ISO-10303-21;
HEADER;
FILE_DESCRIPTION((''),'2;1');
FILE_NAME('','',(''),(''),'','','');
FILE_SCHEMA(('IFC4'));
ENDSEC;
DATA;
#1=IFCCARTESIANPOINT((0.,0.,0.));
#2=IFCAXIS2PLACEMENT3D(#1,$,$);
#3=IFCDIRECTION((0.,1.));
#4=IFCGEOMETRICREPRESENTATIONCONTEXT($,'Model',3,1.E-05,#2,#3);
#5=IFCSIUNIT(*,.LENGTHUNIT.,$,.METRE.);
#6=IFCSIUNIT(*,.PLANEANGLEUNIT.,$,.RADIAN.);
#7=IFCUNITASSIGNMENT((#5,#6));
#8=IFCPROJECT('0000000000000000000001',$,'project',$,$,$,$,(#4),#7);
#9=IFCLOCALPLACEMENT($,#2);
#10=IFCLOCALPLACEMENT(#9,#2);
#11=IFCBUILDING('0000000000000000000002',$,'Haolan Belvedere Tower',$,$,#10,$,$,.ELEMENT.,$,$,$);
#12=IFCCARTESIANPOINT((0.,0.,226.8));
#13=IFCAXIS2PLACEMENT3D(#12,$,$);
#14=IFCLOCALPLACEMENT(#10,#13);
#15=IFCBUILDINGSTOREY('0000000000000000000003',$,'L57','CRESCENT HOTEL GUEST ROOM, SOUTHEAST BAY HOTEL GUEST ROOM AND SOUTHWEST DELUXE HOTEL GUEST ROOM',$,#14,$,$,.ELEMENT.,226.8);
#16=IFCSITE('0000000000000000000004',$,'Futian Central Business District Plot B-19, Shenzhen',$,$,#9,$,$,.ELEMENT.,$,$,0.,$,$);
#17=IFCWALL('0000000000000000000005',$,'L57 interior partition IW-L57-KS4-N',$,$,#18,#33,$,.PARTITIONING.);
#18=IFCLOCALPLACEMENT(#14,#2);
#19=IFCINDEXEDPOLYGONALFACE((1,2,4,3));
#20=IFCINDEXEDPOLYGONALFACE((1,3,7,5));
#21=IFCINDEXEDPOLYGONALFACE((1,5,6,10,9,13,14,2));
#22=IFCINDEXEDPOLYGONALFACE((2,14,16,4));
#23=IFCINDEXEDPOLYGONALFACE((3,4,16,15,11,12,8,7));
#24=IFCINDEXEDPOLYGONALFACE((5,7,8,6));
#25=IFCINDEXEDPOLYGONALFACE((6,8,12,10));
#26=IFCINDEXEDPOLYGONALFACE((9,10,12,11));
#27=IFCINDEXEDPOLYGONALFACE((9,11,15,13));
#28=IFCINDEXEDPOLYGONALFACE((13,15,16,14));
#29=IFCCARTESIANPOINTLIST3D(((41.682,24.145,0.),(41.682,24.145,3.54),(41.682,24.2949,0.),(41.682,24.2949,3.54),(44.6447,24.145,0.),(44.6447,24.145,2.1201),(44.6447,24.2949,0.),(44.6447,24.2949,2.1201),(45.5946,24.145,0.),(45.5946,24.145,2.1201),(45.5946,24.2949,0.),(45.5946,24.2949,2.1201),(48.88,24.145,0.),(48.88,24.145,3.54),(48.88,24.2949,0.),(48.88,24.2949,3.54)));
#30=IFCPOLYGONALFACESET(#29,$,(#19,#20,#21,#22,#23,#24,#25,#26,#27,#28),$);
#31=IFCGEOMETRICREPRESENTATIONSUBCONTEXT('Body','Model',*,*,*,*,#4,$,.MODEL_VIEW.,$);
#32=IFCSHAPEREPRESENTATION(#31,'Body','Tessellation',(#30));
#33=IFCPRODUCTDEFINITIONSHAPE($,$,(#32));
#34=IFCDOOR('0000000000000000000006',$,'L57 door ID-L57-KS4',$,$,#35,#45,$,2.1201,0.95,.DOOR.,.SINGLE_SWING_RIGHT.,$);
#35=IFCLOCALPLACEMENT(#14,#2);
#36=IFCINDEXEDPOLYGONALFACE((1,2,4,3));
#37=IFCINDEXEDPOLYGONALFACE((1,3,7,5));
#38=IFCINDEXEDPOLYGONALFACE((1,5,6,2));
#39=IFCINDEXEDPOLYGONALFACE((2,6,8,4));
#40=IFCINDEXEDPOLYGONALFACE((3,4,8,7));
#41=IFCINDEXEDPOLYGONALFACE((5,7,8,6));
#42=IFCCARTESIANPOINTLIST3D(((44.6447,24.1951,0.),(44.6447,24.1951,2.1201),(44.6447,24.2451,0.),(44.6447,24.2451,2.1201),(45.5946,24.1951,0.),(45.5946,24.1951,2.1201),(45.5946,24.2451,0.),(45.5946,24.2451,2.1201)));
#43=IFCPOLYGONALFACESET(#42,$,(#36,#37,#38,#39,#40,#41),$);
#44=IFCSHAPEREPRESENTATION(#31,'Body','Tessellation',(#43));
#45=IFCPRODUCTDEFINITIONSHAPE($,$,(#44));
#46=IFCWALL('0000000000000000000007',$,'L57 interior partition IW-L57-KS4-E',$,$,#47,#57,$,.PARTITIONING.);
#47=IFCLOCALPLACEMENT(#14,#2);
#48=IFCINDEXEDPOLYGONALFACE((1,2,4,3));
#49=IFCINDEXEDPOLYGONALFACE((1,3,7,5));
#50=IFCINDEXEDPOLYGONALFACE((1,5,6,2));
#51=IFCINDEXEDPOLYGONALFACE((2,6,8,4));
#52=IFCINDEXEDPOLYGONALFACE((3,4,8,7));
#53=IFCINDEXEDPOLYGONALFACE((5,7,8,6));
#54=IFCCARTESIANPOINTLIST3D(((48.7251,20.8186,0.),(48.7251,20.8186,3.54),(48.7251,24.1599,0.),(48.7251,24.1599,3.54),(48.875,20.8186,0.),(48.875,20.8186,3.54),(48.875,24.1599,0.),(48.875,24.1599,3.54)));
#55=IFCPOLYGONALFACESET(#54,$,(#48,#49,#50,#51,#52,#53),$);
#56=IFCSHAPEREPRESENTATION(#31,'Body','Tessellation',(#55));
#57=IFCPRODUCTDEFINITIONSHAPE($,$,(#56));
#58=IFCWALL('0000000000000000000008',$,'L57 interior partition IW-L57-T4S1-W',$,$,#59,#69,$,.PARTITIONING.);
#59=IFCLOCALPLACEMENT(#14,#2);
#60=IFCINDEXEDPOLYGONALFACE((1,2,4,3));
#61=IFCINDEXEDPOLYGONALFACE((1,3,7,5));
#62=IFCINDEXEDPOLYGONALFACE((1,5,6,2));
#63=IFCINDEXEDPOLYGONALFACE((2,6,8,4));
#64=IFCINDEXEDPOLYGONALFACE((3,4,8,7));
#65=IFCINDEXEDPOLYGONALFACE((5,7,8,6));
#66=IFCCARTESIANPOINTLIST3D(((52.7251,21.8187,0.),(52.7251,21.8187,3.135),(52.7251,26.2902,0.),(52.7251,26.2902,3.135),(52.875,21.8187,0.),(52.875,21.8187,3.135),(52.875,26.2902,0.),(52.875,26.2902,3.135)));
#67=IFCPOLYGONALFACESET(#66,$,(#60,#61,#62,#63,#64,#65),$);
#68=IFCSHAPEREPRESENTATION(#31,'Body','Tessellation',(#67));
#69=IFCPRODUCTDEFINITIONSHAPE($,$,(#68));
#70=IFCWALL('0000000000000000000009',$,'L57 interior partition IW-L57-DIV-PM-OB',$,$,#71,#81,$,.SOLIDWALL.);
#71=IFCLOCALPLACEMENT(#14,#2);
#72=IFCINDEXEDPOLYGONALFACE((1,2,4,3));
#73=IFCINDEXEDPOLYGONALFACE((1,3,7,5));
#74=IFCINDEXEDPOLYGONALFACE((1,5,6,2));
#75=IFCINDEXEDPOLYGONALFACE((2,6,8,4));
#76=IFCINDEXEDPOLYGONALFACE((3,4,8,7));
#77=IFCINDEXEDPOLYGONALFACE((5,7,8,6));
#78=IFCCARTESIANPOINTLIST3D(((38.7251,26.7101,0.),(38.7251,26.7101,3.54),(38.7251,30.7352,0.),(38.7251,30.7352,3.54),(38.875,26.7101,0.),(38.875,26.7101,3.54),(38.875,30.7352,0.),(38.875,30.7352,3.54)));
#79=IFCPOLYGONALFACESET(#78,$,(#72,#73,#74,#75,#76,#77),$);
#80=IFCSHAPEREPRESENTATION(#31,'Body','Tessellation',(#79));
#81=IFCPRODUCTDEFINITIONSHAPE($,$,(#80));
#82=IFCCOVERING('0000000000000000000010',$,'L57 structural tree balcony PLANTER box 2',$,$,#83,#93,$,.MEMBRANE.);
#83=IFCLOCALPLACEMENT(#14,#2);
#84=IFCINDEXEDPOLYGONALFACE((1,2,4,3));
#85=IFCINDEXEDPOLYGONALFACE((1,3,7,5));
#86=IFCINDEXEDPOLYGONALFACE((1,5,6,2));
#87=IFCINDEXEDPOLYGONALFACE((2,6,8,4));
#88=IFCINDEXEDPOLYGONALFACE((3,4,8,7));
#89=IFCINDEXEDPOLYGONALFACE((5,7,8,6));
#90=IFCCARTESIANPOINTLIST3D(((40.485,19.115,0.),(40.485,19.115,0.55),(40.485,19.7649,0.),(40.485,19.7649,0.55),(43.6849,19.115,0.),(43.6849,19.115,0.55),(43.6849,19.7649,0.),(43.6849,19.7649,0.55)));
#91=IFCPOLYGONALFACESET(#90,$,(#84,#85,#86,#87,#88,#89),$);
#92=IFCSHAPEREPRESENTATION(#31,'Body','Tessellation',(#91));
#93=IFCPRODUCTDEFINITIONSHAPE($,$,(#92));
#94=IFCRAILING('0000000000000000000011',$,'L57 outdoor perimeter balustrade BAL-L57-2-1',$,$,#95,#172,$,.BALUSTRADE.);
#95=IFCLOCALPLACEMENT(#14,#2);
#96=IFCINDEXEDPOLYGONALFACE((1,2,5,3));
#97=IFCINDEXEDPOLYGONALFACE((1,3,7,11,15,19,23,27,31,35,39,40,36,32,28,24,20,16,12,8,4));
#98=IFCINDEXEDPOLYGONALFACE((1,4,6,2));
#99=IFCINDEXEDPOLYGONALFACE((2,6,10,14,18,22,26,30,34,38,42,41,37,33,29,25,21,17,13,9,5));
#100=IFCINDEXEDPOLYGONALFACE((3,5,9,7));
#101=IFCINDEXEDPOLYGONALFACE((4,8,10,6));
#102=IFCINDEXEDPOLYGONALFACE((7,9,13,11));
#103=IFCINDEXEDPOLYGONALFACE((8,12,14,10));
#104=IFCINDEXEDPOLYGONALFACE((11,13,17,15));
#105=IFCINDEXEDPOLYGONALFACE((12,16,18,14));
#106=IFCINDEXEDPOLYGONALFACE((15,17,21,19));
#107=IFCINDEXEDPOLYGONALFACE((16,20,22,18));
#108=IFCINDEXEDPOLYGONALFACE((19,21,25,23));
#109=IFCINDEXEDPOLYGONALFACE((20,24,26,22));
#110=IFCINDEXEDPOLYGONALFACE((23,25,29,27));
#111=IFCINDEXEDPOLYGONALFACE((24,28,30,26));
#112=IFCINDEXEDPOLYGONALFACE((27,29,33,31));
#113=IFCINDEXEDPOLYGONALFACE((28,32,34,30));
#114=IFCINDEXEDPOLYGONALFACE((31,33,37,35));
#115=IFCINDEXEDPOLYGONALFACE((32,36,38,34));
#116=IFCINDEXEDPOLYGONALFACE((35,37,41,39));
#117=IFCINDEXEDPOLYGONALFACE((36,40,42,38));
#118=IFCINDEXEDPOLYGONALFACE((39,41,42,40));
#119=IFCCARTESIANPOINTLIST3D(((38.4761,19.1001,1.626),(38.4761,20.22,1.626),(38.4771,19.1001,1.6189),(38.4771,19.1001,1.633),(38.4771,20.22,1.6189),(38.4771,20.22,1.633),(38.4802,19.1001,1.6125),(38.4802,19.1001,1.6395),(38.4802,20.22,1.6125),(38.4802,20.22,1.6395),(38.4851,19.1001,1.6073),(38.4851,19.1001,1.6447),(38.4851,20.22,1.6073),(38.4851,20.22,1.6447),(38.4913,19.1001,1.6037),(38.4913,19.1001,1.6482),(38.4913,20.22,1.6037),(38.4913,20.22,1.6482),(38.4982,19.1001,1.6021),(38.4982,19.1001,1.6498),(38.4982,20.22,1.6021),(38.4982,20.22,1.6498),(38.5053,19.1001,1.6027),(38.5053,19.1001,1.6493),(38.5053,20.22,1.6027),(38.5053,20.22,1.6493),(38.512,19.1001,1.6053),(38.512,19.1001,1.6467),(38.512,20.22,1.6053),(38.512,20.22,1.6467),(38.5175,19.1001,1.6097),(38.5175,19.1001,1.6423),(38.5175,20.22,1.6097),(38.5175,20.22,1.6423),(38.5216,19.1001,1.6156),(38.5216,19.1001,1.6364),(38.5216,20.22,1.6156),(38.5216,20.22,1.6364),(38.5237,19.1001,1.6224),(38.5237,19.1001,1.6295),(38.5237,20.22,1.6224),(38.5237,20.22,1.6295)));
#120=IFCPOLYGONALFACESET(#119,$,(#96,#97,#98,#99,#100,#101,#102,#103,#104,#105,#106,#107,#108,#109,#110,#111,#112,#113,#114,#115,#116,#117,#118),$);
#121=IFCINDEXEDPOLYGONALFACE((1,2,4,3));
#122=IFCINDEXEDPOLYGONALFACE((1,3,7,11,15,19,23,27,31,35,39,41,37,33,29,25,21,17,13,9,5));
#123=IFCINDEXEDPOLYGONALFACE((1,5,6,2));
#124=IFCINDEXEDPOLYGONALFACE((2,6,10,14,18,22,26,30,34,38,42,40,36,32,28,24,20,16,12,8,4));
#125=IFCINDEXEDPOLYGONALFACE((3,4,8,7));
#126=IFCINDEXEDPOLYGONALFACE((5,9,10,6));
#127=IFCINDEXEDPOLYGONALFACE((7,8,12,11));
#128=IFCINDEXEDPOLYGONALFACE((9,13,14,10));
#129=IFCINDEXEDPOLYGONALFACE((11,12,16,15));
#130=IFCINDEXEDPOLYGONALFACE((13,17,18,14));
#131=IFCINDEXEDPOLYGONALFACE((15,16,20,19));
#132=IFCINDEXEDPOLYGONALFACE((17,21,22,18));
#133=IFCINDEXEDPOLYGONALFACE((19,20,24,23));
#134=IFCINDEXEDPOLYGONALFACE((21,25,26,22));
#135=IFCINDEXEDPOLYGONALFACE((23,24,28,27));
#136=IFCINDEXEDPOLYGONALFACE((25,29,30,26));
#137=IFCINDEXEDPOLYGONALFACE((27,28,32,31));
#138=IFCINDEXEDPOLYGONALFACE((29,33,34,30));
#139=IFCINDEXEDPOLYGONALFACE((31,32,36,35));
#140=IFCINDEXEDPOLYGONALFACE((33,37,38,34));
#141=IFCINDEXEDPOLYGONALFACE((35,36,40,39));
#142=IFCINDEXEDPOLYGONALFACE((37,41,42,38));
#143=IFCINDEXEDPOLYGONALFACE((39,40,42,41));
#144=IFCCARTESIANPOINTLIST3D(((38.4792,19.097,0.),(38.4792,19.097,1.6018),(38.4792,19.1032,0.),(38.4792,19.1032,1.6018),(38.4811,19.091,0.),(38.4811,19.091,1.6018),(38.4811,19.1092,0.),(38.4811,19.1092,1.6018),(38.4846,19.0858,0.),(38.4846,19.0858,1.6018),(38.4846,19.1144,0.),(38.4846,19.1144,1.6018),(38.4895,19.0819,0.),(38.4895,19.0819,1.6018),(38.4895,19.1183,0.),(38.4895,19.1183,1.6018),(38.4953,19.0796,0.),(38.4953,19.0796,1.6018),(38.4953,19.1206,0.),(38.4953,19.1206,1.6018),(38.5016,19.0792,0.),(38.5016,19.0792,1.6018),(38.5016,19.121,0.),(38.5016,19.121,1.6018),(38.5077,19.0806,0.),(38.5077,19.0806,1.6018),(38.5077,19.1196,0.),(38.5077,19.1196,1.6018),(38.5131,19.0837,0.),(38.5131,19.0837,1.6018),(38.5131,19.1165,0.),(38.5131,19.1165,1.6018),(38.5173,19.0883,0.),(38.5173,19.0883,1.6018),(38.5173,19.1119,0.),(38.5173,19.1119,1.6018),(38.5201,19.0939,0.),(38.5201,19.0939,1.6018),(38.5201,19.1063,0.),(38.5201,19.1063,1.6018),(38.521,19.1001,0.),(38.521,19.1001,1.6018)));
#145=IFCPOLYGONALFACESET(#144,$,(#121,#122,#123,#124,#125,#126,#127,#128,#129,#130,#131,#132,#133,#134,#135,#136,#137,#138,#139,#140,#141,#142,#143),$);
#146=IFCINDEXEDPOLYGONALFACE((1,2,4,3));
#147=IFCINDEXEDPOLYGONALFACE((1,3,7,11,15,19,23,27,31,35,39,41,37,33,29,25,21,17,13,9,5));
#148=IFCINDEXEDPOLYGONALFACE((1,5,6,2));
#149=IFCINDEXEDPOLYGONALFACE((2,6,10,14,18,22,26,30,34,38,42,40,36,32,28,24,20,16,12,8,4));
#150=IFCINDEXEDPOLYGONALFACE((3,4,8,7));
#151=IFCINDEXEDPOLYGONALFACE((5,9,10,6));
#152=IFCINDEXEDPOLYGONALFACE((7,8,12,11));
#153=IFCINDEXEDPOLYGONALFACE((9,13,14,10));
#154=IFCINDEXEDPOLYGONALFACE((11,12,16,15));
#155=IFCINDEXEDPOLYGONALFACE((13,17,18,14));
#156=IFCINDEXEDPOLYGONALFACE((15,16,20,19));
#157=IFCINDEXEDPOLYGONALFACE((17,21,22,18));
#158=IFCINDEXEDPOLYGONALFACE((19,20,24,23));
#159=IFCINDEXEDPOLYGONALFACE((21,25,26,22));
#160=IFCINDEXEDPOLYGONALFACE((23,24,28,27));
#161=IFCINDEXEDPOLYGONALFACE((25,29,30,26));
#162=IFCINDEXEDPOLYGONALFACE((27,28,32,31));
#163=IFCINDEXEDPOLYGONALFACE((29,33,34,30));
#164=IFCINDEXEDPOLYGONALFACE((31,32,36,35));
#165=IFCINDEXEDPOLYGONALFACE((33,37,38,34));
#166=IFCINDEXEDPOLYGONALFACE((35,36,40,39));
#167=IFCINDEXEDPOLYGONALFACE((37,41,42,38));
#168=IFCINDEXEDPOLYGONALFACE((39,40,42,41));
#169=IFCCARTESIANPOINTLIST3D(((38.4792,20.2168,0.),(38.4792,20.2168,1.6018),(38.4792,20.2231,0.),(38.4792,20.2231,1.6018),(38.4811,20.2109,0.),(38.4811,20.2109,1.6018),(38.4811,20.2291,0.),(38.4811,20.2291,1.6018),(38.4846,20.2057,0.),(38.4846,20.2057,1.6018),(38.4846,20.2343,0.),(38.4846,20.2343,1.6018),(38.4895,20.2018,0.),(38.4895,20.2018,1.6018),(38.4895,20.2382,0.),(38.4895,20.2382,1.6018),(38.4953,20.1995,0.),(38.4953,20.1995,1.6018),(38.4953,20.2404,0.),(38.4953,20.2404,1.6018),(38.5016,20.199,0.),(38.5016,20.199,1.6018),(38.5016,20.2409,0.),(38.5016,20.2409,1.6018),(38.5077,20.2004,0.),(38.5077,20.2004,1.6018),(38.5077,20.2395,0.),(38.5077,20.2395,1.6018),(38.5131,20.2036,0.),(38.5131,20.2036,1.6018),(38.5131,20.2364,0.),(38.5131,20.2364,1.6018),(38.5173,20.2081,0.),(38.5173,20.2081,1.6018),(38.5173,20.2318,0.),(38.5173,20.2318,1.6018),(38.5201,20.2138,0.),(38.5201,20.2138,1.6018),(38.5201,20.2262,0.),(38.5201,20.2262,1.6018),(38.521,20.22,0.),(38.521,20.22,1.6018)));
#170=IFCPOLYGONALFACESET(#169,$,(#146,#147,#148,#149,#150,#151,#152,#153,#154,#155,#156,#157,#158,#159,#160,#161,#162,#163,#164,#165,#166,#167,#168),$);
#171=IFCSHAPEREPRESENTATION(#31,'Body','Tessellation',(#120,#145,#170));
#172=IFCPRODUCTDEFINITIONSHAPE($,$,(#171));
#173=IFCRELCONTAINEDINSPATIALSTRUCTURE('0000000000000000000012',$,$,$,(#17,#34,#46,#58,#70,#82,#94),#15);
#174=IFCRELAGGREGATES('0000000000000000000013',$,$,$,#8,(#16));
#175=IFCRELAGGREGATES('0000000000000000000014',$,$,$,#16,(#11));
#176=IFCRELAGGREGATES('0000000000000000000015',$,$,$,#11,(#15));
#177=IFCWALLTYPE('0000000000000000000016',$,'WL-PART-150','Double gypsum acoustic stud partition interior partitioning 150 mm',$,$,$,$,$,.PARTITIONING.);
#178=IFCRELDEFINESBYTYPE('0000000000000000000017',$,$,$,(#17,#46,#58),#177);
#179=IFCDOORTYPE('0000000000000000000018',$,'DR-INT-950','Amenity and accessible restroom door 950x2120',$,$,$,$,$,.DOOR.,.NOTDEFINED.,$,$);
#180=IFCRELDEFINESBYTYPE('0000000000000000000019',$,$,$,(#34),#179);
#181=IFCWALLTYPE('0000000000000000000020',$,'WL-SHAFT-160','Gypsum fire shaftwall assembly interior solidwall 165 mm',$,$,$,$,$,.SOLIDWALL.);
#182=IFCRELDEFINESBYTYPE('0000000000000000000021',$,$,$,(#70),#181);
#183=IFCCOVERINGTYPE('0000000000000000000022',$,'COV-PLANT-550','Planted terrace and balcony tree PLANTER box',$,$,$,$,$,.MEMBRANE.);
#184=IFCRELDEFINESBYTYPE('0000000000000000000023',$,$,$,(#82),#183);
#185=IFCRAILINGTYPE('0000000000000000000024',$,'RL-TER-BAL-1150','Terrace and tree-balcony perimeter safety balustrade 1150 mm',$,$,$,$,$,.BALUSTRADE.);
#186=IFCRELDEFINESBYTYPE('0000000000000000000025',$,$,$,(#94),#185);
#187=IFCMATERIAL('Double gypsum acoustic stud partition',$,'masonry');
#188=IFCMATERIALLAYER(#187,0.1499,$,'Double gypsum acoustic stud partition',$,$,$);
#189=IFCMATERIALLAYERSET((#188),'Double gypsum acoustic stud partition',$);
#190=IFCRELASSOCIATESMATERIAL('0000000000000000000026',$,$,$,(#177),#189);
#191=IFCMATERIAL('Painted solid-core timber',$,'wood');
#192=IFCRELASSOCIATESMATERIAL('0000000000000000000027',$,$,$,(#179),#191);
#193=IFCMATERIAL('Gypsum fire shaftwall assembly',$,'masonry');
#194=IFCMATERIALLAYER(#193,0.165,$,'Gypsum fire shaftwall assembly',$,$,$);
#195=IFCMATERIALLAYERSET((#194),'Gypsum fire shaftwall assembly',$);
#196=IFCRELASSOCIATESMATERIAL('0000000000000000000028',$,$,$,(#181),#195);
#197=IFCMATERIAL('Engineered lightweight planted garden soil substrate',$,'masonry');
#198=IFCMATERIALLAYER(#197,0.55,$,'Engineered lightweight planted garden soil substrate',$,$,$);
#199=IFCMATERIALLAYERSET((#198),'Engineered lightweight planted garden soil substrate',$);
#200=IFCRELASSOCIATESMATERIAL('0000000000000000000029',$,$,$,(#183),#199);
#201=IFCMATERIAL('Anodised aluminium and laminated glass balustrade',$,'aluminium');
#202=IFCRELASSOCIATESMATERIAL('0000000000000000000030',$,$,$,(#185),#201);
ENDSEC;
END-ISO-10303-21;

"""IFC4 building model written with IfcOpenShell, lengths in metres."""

from ifc_helpers import new_model, si_unit, direction, frame, frame_2d, origin, origin_2d, place, context, subcontext, project, spatial, rectangle, circle, extrude, material, layer, layer_set, type_object, element, fill, save


model = new_model("IFC4")

# Units and contexts
model_context = context("Model", 3, precision=1e-05, world=origin(), true_north=direction((0.0, 1.0)))
body_context = subcontext(model_context, "Body", "Model", "MODEL_VIEW")
ifc_project = project(units=[si_unit("LENGTHUNIT", "METRE"), si_unit("PLANEANGLEUNIT", "RADIAN")], contexts=[model_context])

# Site, building, storey
site_placement = place(None, origin())
site = spatial("IfcSite", under=ifc_project, at=site_placement, Name="Futian Central Business District Plot B-19, Shenzhen", CompositionType="ELEMENT", RefElevation=0.0)
building_placement = place(site_placement, origin())
building = spatial("IfcBuilding", under=site, at=building_placement, Name="Haolan Belvedere Tower", CompositionType="ELEMENT")
storey_placement = place(building_placement, frame((0.0, 0.0, 226.8)))
storey = spatial("IfcBuildingStorey", under=building, at=storey_placement, Name="L57", Description="CRESCENT HOTEL GUEST ROOM, SOUTHEAST BAY HOTEL GUEST ROOM AND SOUTHWEST DELUXE HOTEL GUEST ROOM", CompositionType="ELEMENT", Elevation=226.8)

# Shared definitions
ifc_material_1 = material(Name="Double gypsum acoustic stud partition", Category="masonry")
ifc_layer_1 = layer(ifc_material_1, 0.1499, Name="Double gypsum acoustic stud partition")
ifc_layer_set_1 = layer_set([ifc_layer_1], Name="Double gypsum acoustic stud partition")
wall_type_1 = type_object("IfcWallType", Name="WL-PART-150", Description="Double gypsum acoustic stud partition interior partitioning 150 mm", PredefinedType="PARTITIONING", material=ifc_layer_set_1)

# Shared definitions
ifc_material_2 = material(Name="Painted solid-core timber", Category="wood")
door_type = type_object("IfcDoorType", Name="DR-INT-950", Description="Amenity and accessible restroom door 950x2120", OperationType="NOTDEFINED", PredefinedType="DOOR", material=ifc_material_2)

# Wall, opening, door
wall_1_placement = place(storey_placement, frame((41.6819, 24.22, 0.0), z_axis=(0.0, 0.0, 1.0), x_axis=(1.0, 0.0, 0.0)))
wall_1 = element("IfcWall", 1, at=wall_1_placement, inside=storey, type_object=wall_type_1, Name="L57 interior partition IW-L57-KS4-N", PredefinedType="PARTITIONING", context=body_context, shape_type="SweptSolid", body=[
    extrude(rectangle(XDim=7.198, YDim=0.1499, at=frame_2d((3.5991, 0.0))), origin(), (0.0, 0.0, 1.0), 3.54),
])
opening_1_placement = place(wall_1_placement, frame((3.9128, 0.0, 0.0), z_axis=(0.0, 0.0, 1.0), x_axis=(-1.0, 0.0, 0.0)))
opening_1 = element("IfcOpeningElement", 2, at=opening_1_placement, cuts=wall_1, PredefinedType="OPENING", context=body_context, shape_type="SweptSolid", body=[
    extrude(rectangle(XDim=0.95, YDim=2.1201, at=frame_2d((0.4751, 1.0601))), frame((0.0, 0.085, 0.0), z_axis=(0.0, -1.0, 0.0), x_axis=(1.0, 0.0, 0.0)), (0.0, 0.0, 1.0), 0.1699),
])
door_1_placement = place(opening_1_placement, origin())
door_1 = element("IfcDoor", 3, at=door_1_placement, inside=storey, type_object=door_type, Name="L57 door ID-L57-KS4", OperationType="SINGLE_SWING_RIGHT", OverallHeight=2.1201, OverallWidth=0.95, PredefinedType="DOOR", context=body_context, shape_type="SweptSolid", body=[
    extrude(rectangle(XDim=0.95, YDim=2.1201, at=frame_2d((0.4751, 1.0601))), frame((0.0, 0.0249, 0.0), z_axis=(0.0, -1.0, 0.0), x_axis=(1.0, 0.0, 0.0)), (0.0, 0.0, 1.0), 0.05),
])
fill(opening_1, door_1)

# Walls
wall_2_placement = place(storey_placement, frame((48.8, 20.8186, 0.0), z_axis=(0.0, 0.0, 1.0), x_axis=(0.0, 1.0, 0.0)))
element("IfcWall", 4, at=wall_2_placement, inside=storey, type_object=wall_type_1, Name="L57 interior partition IW-L57-KS4-E", PredefinedType="PARTITIONING", context=body_context, shape_type="SweptSolid", body=[
    extrude(rectangle(XDim=3.3413, YDim=0.1499, at=frame_2d((1.6707, 0.0))), origin(), (0.0, 0.0, 1.0), 3.54),
])
wall_3_placement = place(storey_placement, frame((52.8, 21.8186, 0.0), z_axis=(0.0, 0.0, 1.0), x_axis=(0.0, 1.0, 0.0)))
element("IfcWall", 5, at=wall_3_placement, inside=storey, type_object=wall_type_1, Name="L57 interior partition IW-L57-T4S1-W", PredefinedType="PARTITIONING", context=body_context, shape_type="SweptSolid", body=[
    extrude(rectangle(XDim=4.4714, YDim=0.1499, at=frame_2d((2.2358, 0.0))), origin(), (0.0, 0.0, 1.0), 3.135),
])
ifc_material_3 = material(Name="Gypsum fire shaftwall assembly", Category="masonry")
ifc_layer_2 = layer(ifc_material_3, 0.165, Name="Gypsum fire shaftwall assembly")
ifc_layer_set_2 = layer_set([ifc_layer_2], Name="Gypsum fire shaftwall assembly")
wall_type_2 = type_object("IfcWallType", Name="WL-SHAFT-160", Description="Gypsum fire shaftwall assembly interior solidwall 165 mm", PredefinedType="SOLIDWALL", material=ifc_layer_set_2)
wall_4_placement = place(storey_placement, frame((38.8, 26.71, 0.0), z_axis=(0.0, 0.0, 1.0), x_axis=(0.0, 1.0, 0.0)))
element("IfcWall", 6, at=wall_4_placement, inside=storey, type_object=wall_type_2, Name="L57 interior partition IW-L57-DIV-PM-OB", PredefinedType="SOLIDWALL", context=body_context, shape_type="SweptSolid", body=[
    extrude(rectangle(XDim=4.0251, YDim=0.1499, at=frame_2d((2.0127, 0.0))), origin(), (0.0, 0.0, 1.0), 3.54),
])

# Covering
ifc_material_4 = material(Name="Engineered lightweight planted garden soil substrate", Category="masonry")
ifc_layer_3 = layer(ifc_material_4, 0.55, Name="Engineered lightweight planted garden soil substrate")
ifc_layer_set_3 = layer_set([ifc_layer_3], Name="Engineered lightweight planted garden soil substrate")
covering_type = type_object("IfcCoveringType", Name="COV-PLANT-550", Description="Planted terrace and balcony tree PLANTER box", PredefinedType="MEMBRANE", material=ifc_layer_set_3)
covering_placement = place(storey_placement, frame((42.085, 19.4399, 0.0), z_axis=(0.0, 0.0, 1.0), x_axis=(1.0, 0.0, 0.0)))
element("IfcCovering", 7, at=covering_placement, inside=storey, type_object=covering_type, Name="L57 structural tree balcony PLANTER box 2", PredefinedType="MEMBRANE", context=body_context, shape_type="SweptSolid", body=[
    extrude(rectangle(XDim=3.2, YDim=0.6499, at=origin_2d()), origin(), (0.0, 0.0, 1.0), 0.55),
])

# Railing
ifc_material_5 = material(Name="Anodised aluminium and laminated glass balustrade", Category="aluminium")
railing_type = type_object("IfcRailingType", Name="RL-TER-BAL-1150", Description="Terrace and tree-balcony perimeter safety balustrade 1150 mm", PredefinedType="BALUSTRADE", material=ifc_material_5)
railing_1_placement = place(storey_placement, frame((38.5, 19.1001, 0.0)))
element("IfcRailing", 8, at=railing_1_placement, inside=storey, type_object=railing_type, Name="L57 outdoor perimeter balustrade BAL-L57-2-1", PredefinedType="BALUSTRADE", context=body_context, shape_type="SweptSolid", body=[
    extrude(circle(Radius=0.0239, at=origin_2d()), frame((0.0, 0.0, 1.626), z_axis=(0.0, 1.0, 0.0), x_axis=(-1.0, 0.0, 0.0)), (0.0, 0.0, 1.0), 1.1199),
    extrude(circle(Radius=0.021, at=origin_2d()), origin(), (0.0, 0.0, 1.0), 1.6018),
    extrude(circle(Radius=0.021, at=origin_2d()), frame((0.0, 1.1199, 0.0)), (0.0, 0.0, 1.0), 1.6018),
])

save(model, "model.ifc")
